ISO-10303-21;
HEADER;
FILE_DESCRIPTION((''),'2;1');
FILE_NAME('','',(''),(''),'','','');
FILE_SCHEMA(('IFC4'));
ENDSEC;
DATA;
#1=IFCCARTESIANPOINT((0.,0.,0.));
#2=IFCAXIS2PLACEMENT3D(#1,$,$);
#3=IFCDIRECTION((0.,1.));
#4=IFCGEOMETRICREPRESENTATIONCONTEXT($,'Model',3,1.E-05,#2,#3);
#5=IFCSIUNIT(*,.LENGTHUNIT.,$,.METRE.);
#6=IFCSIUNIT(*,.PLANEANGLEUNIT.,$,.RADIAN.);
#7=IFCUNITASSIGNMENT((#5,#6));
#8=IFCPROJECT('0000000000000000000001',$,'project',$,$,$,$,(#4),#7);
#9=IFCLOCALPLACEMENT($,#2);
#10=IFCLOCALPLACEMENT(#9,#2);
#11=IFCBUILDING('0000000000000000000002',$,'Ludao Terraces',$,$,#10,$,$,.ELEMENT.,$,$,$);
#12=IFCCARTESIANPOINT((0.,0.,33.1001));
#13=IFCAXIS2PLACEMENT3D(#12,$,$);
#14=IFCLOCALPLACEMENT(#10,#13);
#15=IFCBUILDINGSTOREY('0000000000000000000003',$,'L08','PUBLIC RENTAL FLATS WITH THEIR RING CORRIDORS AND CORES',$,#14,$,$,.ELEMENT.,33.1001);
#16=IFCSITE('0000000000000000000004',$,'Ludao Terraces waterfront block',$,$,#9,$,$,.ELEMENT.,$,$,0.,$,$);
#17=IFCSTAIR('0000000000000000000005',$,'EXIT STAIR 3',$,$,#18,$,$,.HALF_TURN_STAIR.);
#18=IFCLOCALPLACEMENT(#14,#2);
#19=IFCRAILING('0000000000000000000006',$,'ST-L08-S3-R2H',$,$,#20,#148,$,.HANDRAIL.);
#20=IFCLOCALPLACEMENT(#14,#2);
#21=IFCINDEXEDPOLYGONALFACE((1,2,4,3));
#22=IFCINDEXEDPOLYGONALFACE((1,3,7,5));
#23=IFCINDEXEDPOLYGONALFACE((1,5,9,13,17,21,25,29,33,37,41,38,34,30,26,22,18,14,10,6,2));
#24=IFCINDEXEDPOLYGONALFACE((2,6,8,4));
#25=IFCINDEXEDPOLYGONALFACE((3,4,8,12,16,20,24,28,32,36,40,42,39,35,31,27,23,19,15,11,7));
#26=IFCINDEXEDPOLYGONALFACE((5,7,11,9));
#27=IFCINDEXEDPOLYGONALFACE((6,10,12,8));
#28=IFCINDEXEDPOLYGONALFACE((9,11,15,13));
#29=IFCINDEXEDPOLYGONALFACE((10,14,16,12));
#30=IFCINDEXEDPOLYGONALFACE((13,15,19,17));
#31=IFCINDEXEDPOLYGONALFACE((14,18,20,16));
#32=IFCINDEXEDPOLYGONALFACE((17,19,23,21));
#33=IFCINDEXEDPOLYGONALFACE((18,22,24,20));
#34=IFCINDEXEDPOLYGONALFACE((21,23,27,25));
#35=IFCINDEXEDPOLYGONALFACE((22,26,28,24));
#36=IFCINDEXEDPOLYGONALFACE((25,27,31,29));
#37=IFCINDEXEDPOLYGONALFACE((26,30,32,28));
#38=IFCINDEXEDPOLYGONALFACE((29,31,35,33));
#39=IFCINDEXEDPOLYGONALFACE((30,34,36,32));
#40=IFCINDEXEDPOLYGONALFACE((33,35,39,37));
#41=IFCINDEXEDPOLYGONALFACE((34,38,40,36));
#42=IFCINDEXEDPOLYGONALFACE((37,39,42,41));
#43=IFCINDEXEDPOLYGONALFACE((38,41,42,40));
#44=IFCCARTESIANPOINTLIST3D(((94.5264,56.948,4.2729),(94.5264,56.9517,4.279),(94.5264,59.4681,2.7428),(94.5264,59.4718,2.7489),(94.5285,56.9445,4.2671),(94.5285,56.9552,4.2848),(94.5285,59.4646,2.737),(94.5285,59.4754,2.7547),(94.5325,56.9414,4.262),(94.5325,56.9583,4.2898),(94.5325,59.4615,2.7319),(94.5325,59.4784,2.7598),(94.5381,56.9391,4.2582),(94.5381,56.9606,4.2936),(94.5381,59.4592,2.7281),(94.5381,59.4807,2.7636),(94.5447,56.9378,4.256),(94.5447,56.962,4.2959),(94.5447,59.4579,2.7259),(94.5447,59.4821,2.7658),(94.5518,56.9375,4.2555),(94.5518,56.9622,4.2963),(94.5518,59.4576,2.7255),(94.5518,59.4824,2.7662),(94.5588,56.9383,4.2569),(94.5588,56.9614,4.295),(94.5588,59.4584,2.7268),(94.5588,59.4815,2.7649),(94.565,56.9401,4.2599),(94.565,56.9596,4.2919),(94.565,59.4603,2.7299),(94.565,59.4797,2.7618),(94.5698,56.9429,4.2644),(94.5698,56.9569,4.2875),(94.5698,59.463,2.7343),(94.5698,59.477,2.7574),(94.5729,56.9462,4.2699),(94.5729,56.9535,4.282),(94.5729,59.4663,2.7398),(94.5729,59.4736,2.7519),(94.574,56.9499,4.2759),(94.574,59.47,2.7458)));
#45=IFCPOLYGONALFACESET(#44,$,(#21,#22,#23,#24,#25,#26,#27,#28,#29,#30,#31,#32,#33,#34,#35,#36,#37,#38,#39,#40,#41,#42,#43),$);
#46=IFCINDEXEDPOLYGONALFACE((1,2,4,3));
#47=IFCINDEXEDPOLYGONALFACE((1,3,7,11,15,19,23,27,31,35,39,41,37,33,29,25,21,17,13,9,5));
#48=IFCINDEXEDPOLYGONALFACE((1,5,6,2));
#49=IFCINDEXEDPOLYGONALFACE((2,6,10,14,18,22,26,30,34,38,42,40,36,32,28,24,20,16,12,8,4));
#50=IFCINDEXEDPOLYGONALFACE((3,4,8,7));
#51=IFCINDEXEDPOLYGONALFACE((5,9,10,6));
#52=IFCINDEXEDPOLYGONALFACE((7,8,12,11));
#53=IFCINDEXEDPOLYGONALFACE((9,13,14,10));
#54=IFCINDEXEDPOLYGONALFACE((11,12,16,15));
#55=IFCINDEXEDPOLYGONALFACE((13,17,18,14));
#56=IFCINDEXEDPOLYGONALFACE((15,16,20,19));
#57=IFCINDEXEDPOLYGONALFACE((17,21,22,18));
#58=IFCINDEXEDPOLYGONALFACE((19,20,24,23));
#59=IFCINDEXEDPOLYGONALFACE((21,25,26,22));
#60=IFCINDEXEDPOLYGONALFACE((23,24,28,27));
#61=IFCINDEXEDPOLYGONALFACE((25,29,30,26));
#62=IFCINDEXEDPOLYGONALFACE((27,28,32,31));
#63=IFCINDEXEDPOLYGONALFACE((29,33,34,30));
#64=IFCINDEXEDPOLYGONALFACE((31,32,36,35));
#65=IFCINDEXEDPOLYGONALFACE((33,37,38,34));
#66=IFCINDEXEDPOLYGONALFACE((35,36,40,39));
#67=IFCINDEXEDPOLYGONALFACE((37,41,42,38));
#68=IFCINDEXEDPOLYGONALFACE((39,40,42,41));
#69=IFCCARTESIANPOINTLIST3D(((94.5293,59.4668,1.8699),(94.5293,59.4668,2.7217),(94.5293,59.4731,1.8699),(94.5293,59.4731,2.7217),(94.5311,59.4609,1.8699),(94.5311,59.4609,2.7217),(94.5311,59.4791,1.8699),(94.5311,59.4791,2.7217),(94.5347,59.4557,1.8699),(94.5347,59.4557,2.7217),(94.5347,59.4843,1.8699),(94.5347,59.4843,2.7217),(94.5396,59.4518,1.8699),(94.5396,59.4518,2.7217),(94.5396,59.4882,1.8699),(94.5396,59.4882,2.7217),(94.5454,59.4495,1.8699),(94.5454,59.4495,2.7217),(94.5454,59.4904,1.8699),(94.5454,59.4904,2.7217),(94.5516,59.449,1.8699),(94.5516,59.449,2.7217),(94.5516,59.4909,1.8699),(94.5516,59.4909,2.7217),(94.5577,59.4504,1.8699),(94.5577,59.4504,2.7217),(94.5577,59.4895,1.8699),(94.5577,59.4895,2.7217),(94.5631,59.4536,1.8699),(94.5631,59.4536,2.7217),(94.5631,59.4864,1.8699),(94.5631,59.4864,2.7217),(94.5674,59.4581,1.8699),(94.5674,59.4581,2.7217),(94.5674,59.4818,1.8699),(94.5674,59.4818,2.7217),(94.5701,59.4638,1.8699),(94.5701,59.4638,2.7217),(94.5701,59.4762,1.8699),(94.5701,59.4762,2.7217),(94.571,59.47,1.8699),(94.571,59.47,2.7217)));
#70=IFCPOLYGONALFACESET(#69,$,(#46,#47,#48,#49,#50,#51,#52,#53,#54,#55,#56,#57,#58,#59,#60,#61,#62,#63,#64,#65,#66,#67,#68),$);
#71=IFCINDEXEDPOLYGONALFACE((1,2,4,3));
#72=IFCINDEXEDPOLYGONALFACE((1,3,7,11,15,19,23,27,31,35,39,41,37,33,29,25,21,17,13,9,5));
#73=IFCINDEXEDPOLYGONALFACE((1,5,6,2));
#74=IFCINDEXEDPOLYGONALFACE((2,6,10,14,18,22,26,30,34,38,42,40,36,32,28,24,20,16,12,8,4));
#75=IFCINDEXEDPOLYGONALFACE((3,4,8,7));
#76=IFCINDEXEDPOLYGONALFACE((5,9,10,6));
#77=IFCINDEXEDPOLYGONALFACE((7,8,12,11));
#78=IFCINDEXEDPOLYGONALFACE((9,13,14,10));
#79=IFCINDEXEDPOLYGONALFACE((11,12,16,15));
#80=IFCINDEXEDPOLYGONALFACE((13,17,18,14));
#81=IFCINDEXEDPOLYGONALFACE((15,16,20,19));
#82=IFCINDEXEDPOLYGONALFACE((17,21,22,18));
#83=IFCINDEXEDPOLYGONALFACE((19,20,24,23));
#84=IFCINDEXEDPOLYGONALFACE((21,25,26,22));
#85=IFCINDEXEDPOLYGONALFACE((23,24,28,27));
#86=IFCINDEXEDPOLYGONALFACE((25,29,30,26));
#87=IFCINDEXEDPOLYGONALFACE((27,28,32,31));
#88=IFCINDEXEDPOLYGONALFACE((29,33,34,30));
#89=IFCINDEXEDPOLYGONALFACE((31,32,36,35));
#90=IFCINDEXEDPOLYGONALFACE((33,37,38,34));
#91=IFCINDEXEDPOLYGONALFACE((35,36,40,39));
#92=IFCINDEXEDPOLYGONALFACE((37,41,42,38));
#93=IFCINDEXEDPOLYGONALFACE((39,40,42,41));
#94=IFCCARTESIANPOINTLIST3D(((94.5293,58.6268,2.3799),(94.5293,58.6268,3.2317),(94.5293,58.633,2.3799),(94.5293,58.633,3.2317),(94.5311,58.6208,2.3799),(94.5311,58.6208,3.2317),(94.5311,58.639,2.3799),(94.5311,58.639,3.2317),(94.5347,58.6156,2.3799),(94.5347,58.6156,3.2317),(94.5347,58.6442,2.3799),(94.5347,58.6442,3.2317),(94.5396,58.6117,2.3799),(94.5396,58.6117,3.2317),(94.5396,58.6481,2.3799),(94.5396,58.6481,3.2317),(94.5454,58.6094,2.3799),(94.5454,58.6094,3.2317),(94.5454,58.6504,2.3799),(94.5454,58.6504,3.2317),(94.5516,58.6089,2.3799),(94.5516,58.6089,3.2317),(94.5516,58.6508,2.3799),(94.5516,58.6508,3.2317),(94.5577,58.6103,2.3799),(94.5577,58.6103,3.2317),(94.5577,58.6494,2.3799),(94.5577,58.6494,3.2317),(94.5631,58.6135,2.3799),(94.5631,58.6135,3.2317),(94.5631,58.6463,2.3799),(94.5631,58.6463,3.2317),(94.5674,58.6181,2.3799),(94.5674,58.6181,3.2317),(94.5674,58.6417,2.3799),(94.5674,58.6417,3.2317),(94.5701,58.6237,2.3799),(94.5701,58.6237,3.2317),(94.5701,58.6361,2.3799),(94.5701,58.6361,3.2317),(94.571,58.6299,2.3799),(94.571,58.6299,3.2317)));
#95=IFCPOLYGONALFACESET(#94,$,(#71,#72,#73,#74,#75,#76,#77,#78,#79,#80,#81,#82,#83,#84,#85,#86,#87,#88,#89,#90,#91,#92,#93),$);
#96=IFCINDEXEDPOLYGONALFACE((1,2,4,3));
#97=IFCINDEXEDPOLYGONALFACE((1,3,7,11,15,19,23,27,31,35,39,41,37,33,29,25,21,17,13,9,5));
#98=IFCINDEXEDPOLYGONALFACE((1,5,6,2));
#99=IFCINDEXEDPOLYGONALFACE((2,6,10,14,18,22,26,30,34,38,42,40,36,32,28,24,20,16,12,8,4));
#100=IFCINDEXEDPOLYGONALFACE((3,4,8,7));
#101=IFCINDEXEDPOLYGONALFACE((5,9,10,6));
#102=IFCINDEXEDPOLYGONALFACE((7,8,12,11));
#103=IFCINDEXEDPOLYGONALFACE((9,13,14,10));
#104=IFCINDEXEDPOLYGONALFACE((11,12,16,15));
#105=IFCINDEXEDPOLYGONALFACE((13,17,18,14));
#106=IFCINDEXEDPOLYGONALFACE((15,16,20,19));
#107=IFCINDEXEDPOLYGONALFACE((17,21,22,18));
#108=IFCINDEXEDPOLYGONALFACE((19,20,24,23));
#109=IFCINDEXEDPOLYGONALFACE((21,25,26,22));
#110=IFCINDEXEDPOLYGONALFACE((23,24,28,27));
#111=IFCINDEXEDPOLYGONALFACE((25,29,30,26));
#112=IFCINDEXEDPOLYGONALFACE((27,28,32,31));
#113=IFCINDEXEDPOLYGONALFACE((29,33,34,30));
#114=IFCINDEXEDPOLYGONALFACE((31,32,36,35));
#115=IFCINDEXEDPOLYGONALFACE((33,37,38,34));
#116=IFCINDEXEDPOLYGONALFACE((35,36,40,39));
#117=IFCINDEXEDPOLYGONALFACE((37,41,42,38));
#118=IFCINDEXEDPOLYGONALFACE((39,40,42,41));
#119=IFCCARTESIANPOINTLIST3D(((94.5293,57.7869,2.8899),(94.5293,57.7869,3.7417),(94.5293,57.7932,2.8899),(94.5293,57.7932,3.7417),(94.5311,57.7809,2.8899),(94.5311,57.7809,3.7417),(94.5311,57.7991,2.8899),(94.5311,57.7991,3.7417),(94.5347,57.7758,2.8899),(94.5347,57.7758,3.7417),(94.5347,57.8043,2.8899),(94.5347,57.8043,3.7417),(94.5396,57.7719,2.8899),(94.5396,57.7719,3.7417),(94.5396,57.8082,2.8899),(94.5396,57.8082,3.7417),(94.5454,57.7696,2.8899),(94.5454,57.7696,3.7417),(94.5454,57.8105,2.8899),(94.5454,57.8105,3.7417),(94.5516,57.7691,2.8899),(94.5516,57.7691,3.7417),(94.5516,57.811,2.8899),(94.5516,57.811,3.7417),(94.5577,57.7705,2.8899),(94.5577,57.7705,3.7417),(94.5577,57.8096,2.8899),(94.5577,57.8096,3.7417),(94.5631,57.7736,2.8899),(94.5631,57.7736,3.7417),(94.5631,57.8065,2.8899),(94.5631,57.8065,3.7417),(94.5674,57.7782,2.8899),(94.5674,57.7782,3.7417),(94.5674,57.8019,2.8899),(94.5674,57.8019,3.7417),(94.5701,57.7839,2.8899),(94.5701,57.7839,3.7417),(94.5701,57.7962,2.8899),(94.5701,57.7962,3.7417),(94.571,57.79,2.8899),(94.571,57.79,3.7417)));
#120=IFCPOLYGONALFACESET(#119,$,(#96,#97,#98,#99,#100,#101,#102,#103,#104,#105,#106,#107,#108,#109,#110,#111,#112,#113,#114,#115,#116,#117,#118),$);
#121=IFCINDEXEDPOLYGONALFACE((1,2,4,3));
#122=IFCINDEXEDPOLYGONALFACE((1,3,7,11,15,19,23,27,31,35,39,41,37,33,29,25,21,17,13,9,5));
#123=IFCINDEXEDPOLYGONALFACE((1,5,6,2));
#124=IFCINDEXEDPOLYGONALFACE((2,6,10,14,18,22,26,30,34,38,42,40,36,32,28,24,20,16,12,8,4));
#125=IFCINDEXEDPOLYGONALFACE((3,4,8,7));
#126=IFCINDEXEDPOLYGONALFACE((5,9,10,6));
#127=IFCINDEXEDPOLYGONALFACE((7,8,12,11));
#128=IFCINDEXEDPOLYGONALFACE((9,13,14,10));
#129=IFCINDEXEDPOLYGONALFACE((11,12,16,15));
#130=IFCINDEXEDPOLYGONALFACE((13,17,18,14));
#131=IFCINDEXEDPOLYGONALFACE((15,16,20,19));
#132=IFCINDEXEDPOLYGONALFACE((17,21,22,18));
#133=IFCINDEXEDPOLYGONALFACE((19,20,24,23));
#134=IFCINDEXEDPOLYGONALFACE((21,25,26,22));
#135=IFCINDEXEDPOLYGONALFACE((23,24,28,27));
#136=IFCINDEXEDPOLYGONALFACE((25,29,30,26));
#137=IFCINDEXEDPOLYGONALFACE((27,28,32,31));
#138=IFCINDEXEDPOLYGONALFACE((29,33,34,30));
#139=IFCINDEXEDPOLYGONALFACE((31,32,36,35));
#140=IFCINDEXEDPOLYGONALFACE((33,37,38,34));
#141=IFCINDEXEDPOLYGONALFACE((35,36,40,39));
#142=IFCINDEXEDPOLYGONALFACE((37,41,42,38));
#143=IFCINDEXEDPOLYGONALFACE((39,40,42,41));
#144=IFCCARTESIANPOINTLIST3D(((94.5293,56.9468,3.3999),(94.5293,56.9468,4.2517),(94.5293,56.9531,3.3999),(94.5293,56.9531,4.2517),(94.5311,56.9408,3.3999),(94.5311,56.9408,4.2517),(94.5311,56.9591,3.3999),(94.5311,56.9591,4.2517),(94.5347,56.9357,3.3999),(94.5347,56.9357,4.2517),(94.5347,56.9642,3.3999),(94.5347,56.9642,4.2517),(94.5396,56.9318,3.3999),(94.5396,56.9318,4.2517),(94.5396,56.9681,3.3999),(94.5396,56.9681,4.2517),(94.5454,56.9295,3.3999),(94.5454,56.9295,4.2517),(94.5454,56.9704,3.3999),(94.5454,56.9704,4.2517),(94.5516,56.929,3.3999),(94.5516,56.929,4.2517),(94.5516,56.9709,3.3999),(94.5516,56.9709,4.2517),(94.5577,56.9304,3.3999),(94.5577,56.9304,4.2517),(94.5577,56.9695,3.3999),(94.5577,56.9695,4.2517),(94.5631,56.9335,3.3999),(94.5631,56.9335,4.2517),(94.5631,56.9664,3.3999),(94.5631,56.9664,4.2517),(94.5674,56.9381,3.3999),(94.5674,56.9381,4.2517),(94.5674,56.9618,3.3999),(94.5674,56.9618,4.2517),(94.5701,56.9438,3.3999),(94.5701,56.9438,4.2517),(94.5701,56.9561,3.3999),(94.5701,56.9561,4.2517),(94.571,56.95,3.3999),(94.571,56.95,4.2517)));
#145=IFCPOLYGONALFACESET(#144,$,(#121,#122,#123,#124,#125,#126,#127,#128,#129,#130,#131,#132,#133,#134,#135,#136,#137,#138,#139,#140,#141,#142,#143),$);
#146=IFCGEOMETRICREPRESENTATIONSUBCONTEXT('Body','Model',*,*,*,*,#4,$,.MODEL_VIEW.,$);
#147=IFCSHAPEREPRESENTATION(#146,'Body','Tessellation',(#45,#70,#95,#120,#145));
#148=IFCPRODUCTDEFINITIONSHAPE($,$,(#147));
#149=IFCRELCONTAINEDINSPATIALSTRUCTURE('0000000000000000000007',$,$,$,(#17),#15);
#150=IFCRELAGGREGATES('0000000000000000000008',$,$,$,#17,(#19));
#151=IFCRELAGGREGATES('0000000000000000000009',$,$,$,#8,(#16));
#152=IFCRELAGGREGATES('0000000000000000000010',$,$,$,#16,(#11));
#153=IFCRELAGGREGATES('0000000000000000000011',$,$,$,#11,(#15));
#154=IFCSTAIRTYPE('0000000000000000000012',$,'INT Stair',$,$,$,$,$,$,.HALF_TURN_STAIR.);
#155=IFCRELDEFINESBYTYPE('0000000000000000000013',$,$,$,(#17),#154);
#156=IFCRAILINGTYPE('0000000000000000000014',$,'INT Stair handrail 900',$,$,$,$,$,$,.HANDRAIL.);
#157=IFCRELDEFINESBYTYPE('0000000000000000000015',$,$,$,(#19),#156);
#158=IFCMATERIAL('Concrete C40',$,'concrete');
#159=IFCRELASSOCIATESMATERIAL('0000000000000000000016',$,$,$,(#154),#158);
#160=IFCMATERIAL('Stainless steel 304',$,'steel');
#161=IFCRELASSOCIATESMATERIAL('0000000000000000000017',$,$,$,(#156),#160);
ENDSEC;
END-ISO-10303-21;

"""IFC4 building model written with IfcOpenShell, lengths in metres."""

from ifc_helpers import new_model, si_unit, direction, frame, origin, origin_2d, place, context, subcontext, project, spatial, circle, extrude, material, type_object, element, aggregate, save


model = new_model("IFC4")

# Units and contexts
model_context = context("Model", 3, precision=1e-05, world=origin(), true_north=direction((0.0, 1.0)))
body_context = subcontext(model_context, "Body", "Model", "MODEL_VIEW")
ifc_project = project(units=[si_unit("LENGTHUNIT", "METRE"), si_unit("PLANEANGLEUNIT", "RADIAN")], contexts=[model_context])

# Site, building, storey
site_placement = place(None, origin())
site = spatial("IfcSite", under=ifc_project, at=site_placement, Name="Ludao Terraces waterfront block", CompositionType="ELEMENT", RefElevation=0.0)
building_placement = place(site_placement, origin())
building = spatial("IfcBuilding", under=site, at=building_placement, Name="Ludao Terraces", CompositionType="ELEMENT")
storey_placement = place(building_placement, frame((0.0, 0.0, 33.1001)))
storey = spatial("IfcBuildingStorey", under=building, at=storey_placement, Name="L08", Description="PUBLIC RENTAL FLATS WITH THEIR RING CORRIDORS AND CORES", CompositionType="ELEMENT", Elevation=33.1001)

# Stair, railing
ifc_material_1 = material(Name="Concrete C40", Category="concrete")
stair_type = type_object("IfcStairType", Name="INT Stair", PredefinedType="HALF_TURN_STAIR", material=ifc_material_1)
stair_placement = place(storey_placement, origin())
stair = element("IfcStair", 1, at=stair_placement, inside=storey, type_object=stair_type, Name="EXIT STAIR 3", PredefinedType="HALF_TURN_STAIR")
ifc_material_2 = material(Name="Stainless steel 304", Category="steel")
railing_type_1 = type_object("IfcRailingType", Name="INT Stair handrail 900", PredefinedType="HANDRAIL", material=ifc_material_2)
railing_1_placement = place(storey_placement, frame((94.55, 59.47, 1.8699)))
railing_1 = element("IfcRailing", 2, at=railing_1_placement, type_object=railing_type_1, Name="ST-L08-S3-R2H", PredefinedType="HANDRAIL", context=body_context, shape_type="SweptSolid", body=[
    extrude(circle(Radius=0.0239, at=origin_2d()), frame((0.0, 0.0, 0.876), z_axis=(0.0, -0.854785, 0.518982), x_axis=(1.0, 0.0, 0.0)), (0.0, 0.0, 1.0), 2.9482),
    extrude(circle(Radius=0.021, at=origin_2d()), origin(), (0.0, 0.0, 1.0), 0.8518),
    extrude(circle(Radius=0.021, at=origin_2d()), frame((0.0, -0.8401, 0.51)), (0.0, 0.0, 1.0), 0.8518),
    extrude(circle(Radius=0.021, at=origin_2d()), frame((0.0, -1.6799, 1.02)), (0.0, 0.0, 1.0), 0.8518),
    extrude(circle(Radius=0.021, at=origin_2d()), frame((0.0, -2.52, 1.53)), (0.0, 0.0, 1.0), 0.8518),
])
aggregate(stair, [railing_1])

save(model, "model.ifc")
